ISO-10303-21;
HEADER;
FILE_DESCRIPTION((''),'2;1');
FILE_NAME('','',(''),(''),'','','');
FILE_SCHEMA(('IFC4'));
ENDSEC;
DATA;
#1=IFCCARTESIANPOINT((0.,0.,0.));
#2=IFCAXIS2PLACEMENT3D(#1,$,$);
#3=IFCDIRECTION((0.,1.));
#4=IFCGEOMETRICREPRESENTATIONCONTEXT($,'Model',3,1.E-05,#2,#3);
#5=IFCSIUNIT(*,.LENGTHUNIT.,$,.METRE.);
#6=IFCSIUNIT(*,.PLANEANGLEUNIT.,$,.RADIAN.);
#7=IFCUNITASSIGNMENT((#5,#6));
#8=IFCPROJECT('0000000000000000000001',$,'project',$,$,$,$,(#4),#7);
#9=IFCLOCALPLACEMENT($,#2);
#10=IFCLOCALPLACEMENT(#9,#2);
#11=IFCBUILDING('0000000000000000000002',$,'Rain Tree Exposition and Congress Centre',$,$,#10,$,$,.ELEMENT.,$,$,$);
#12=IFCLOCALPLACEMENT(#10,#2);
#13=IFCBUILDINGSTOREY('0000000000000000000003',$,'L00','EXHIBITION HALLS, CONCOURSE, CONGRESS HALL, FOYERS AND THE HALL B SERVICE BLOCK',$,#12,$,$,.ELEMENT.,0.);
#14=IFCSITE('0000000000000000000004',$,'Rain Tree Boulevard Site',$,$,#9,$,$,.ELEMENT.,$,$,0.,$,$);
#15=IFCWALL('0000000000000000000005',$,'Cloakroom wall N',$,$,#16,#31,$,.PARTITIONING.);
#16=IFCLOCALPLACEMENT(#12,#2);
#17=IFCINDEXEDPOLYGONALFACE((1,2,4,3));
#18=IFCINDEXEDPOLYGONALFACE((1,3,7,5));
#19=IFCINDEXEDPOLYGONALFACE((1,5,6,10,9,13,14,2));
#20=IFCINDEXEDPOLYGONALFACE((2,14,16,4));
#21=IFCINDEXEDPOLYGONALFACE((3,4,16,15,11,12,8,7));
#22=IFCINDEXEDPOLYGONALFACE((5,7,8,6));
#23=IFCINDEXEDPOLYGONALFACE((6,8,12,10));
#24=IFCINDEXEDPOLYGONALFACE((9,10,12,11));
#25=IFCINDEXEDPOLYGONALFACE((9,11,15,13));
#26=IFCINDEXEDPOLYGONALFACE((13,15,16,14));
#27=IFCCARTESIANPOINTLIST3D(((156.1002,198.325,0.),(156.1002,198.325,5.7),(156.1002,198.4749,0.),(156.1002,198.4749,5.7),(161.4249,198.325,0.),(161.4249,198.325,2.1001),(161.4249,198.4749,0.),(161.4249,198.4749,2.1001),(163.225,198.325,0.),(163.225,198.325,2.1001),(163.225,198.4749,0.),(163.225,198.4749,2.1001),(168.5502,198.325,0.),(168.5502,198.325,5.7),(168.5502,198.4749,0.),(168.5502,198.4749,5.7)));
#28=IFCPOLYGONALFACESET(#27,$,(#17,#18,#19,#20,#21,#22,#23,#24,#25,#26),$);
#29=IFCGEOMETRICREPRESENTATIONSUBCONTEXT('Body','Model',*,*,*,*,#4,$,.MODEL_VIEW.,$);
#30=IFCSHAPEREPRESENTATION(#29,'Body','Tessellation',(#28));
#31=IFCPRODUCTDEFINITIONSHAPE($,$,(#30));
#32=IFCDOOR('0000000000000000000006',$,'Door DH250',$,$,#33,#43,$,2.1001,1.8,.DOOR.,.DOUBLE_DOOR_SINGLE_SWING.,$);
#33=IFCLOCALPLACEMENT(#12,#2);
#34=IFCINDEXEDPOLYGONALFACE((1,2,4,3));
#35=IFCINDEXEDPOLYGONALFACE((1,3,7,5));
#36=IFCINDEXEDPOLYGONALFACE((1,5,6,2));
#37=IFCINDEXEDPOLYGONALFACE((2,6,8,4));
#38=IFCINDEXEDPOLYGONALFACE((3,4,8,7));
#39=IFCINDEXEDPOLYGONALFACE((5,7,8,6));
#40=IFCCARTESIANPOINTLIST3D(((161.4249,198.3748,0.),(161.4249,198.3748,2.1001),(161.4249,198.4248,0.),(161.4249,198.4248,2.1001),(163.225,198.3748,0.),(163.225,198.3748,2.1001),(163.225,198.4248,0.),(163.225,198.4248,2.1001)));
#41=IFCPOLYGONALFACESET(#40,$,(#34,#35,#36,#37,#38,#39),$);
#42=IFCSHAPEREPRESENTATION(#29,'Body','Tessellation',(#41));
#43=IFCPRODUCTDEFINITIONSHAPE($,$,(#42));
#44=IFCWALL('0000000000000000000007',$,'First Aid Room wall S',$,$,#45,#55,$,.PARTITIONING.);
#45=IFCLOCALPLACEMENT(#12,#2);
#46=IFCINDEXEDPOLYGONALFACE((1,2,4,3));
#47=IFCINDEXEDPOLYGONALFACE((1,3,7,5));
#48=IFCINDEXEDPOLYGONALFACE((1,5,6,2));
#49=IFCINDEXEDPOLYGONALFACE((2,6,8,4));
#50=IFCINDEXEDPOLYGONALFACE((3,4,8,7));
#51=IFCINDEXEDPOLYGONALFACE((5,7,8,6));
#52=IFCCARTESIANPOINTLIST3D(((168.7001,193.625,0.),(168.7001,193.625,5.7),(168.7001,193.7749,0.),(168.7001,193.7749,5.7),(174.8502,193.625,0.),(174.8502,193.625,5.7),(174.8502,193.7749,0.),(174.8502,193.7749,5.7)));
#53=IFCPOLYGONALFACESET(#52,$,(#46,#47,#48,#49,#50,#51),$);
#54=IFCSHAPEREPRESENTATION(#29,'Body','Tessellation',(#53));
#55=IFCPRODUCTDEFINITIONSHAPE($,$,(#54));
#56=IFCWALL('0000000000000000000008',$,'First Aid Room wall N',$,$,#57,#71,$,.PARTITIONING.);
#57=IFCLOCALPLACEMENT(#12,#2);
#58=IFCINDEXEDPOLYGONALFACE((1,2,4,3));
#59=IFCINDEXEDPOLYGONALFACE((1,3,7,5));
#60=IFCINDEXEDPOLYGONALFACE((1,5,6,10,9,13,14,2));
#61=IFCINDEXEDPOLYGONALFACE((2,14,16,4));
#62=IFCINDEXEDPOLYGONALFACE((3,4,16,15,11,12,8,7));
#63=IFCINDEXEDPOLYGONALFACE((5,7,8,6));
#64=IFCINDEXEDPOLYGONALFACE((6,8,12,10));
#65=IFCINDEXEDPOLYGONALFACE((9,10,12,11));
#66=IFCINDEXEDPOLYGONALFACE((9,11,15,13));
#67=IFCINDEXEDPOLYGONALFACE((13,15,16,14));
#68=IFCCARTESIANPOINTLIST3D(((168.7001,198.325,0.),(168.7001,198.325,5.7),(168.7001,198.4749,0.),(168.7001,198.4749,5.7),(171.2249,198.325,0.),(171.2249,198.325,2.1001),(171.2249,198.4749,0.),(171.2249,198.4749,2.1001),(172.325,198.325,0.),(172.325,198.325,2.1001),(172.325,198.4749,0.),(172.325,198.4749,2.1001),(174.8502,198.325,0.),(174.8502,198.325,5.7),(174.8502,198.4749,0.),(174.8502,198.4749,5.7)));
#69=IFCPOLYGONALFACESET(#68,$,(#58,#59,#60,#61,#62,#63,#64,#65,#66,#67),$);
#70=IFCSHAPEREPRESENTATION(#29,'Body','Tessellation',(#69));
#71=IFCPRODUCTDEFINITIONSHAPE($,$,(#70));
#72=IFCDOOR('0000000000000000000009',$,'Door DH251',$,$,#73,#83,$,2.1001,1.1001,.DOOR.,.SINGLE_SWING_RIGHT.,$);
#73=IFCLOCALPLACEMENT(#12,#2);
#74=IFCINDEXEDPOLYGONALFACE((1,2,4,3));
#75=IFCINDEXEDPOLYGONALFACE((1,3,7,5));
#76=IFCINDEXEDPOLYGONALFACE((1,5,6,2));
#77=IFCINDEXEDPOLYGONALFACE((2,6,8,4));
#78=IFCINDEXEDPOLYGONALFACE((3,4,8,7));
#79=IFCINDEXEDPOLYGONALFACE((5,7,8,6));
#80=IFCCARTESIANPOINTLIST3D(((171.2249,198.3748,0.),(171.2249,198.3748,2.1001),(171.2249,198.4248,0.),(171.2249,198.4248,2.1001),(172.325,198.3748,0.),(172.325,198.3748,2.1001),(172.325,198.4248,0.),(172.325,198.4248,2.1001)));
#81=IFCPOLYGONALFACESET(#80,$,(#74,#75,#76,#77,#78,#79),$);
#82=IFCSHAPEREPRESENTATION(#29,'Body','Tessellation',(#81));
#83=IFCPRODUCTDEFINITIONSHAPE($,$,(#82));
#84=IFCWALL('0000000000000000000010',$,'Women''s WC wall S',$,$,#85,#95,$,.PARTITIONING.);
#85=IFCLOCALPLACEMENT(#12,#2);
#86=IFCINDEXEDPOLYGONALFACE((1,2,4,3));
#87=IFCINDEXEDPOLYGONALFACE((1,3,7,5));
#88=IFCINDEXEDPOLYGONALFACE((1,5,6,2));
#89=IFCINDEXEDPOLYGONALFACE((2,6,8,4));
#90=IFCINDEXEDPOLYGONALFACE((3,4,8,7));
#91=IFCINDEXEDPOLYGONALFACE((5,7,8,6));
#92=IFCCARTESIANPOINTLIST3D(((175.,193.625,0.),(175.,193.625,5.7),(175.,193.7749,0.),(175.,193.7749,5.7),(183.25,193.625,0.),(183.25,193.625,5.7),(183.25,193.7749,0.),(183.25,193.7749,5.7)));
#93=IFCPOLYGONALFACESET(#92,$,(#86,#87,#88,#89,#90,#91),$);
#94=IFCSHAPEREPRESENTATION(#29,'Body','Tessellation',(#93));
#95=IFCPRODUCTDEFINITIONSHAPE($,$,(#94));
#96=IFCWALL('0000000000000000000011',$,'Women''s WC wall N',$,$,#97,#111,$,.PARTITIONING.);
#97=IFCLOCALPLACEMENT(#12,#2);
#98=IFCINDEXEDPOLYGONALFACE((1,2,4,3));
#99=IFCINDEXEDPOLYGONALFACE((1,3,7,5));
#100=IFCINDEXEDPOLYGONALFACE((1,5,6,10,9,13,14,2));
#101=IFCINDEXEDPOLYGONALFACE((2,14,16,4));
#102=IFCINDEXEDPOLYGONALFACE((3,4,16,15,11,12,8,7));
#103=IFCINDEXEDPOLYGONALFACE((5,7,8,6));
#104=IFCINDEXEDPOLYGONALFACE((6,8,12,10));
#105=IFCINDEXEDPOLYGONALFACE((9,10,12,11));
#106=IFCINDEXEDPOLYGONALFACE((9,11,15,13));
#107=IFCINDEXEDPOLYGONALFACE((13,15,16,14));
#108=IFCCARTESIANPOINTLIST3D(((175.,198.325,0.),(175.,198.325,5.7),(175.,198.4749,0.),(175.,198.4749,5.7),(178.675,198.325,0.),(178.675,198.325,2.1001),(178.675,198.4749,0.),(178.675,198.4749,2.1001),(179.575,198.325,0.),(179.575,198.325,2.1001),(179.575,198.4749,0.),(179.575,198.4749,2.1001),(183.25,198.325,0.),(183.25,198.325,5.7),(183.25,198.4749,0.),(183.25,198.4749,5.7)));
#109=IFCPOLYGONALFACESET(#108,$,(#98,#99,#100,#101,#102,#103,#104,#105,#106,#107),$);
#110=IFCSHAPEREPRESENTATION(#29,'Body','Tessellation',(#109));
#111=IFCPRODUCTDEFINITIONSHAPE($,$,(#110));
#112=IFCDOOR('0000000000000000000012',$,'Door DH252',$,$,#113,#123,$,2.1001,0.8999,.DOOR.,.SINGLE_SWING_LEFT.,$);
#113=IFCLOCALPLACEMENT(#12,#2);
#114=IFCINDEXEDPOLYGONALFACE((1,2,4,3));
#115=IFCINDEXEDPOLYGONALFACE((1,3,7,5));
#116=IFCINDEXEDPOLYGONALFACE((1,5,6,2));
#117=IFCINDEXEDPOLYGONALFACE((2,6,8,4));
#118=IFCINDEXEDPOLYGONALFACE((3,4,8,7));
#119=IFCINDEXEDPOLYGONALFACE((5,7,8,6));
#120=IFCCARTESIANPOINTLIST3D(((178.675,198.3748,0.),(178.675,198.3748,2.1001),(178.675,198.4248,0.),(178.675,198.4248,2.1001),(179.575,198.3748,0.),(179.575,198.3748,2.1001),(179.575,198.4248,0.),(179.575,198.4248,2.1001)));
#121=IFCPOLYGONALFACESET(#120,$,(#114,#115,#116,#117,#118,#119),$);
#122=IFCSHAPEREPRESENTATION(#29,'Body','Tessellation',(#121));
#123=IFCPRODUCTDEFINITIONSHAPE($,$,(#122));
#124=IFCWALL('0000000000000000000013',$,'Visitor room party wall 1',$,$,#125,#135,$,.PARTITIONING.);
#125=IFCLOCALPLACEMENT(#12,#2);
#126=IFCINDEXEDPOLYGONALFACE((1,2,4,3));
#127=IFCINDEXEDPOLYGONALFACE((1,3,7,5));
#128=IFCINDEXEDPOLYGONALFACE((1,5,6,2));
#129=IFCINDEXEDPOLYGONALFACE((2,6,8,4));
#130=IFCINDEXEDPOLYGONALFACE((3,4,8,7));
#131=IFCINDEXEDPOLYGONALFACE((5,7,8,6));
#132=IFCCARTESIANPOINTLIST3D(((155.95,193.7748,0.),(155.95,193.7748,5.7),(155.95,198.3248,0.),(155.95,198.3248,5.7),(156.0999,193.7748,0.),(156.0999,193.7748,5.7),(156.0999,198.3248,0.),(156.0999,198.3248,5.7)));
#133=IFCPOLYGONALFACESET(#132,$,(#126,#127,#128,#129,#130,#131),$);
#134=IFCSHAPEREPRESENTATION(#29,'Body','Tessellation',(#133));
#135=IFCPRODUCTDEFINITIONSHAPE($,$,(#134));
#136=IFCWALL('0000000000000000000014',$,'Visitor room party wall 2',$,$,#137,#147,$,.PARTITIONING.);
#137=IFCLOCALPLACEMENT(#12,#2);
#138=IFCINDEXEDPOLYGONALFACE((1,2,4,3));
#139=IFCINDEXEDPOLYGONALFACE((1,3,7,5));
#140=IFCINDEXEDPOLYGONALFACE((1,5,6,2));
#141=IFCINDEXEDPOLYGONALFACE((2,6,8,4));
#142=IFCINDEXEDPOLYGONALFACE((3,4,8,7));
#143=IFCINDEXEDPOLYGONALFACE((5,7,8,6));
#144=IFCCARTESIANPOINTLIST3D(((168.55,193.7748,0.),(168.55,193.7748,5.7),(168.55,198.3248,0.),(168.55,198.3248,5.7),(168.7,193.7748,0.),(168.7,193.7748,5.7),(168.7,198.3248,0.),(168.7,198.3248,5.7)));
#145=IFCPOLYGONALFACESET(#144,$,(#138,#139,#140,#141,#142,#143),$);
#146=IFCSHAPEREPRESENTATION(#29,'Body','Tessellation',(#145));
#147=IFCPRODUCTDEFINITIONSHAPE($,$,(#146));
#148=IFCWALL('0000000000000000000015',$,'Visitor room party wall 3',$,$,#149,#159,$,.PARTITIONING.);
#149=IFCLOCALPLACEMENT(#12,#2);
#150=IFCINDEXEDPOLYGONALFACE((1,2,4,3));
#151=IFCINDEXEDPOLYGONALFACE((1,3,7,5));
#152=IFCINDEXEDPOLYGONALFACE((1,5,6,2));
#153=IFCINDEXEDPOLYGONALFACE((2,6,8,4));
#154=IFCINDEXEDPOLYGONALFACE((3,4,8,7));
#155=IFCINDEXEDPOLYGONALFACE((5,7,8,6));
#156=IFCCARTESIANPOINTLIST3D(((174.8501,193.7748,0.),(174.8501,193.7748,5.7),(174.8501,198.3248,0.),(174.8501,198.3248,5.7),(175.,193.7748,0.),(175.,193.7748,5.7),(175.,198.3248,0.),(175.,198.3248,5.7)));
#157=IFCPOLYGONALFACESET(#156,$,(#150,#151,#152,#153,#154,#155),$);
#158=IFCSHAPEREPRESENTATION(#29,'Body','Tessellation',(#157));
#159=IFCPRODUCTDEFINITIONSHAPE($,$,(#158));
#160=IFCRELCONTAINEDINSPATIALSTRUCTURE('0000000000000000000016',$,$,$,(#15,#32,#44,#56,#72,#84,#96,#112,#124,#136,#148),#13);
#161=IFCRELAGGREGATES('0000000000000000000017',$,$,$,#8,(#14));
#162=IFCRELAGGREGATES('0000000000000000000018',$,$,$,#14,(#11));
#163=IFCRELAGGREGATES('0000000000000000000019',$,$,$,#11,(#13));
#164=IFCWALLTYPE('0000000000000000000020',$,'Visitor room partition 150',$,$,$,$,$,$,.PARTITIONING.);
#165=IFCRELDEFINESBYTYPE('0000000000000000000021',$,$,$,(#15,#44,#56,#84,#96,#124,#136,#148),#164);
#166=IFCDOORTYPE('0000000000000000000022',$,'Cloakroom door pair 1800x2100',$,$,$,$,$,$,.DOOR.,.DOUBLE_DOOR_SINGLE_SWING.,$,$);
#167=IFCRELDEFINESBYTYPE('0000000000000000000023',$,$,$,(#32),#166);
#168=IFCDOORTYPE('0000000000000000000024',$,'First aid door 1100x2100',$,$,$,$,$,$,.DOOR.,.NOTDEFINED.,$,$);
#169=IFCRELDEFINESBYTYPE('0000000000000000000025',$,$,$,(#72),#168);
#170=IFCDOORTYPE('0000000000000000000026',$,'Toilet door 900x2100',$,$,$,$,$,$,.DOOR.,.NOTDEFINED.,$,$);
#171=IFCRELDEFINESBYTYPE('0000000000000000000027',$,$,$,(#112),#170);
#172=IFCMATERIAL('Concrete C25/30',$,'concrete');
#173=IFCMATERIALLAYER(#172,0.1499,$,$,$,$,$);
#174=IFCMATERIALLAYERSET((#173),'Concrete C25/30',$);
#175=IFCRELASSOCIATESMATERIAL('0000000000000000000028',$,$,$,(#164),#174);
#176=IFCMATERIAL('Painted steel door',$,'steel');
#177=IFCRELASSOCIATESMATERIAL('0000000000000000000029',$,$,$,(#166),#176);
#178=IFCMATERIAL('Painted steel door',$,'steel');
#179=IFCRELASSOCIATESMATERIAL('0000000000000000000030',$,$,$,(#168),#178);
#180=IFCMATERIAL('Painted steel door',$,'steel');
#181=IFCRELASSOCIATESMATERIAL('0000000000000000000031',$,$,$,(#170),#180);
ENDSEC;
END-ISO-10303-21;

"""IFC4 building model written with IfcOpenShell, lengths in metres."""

from ifc_helpers import new_model, si_unit, direction, frame, frame_2d, origin, place, context, subcontext, project, spatial, rectangle, extrude, material, layer, layer_set, type_object, element, fill, save


model = new_model("IFC4")

# Units and contexts
model_context = context("Model", 3, precision=1e-05, world=origin(), true_north=direction((0.0, 1.0)))
body_context = subcontext(model_context, "Body", "Model", "MODEL_VIEW")
ifc_project = project(units=[si_unit("LENGTHUNIT", "METRE"), si_unit("PLANEANGLEUNIT", "RADIAN")], contexts=[model_context])

# Site, building, storey
site_placement = place(None, origin())
site = spatial("IfcSite", under=ifc_project, at=site_placement, Name="Rain Tree Boulevard Site", CompositionType="ELEMENT", RefElevation=0.0)
building_placement = place(site_placement, origin())
building = spatial("IfcBuilding", under=site, at=building_placement, Name="Rain Tree Exposition and Congress Centre", CompositionType="ELEMENT")
storey_placement = place(building_placement, origin())
storey = spatial("IfcBuildingStorey", under=building, at=storey_placement, Name="L00", Description="EXHIBITION HALLS, CONCOURSE, CONGRESS HALL, FOYERS AND THE HALL B SERVICE BLOCK", CompositionType="ELEMENT", Elevation=0.0)

# Shared definitions
ifc_material_1 = material(Name="Concrete C25/30", Category="concrete")
ifc_layer_1 = layer(ifc_material_1, 0.1499)
ifc_layer_set_1 = layer_set([ifc_layer_1], Name="Concrete C25/30")
wall_type_1 = type_object("IfcWallType", Name="Visitor room partition 150", PredefinedType="PARTITIONING", material=ifc_layer_set_1)

# Wall, opening, door
wall_1_placement = place(storey_placement, frame((156.1001, 198.3999, 0.0), z_axis=(0.0, 0.0, 1.0), x_axis=(1.0, 0.0, 0.0)))
wall_1 = element("IfcWall", 1, at=wall_1_placement, inside=storey, type_object=wall_type_1, Name="Cloakroom wall N", PredefinedType="PARTITIONING", context=body_context, shape_type="SweptSolid", body=[
    extrude(rectangle(XDim=12.45, YDim=0.1499, at=frame_2d((6.2251, 0.0))), origin(), (0.0, 0.0, 1.0), 5.7),
])
opening_1_placement = place(wall_1_placement, frame((5.325, 0.0, 0.0)))
opening_1 = element("IfcOpeningElement", 2, at=opening_1_placement, cuts=wall_1, PredefinedType="OPENING", context=body_context, shape_type="SweptSolid", body=[
    extrude(rectangle(XDim=1.8, YDim=2.1001, at=frame_2d((0.8999, 1.05))), frame((0.0, 0.075, 0.0), z_axis=(0.0, -1.0, 0.0), x_axis=(1.0, 0.0, 0.0)), (0.0, 0.0, 1.0), 0.1499),
])
ifc_material_2 = material(Name="Painted steel door", Category="steel")
door_type_1 = type_object("IfcDoorType", Name="Cloakroom door pair 1800x2100", OperationType="DOUBLE_DOOR_SINGLE_SWING", PredefinedType="DOOR", material=ifc_material_2)
door_1_placement = place(opening_1_placement, origin())
door_1 = element("IfcDoor", 3, at=door_1_placement, inside=storey, type_object=door_type_1, Name="Door DH250", OperationType="DOUBLE_DOOR_SINGLE_SWING", OverallHeight=2.1001, OverallWidth=1.8, PredefinedType="DOOR", context=body_context, shape_type="SweptSolid", body=[
    extrude(rectangle(XDim=1.8, YDim=2.1001, at=frame_2d((0.8999, 1.05))), frame((0.0, 0.0249, 0.0), z_axis=(0.0, -1.0, 0.0), x_axis=(1.0, 0.0, 0.0)), (0.0, 0.0, 1.0), 0.05),
])
fill(opening_1, door_1)

# Wall
wall_2_placement = place(storey_placement, frame((168.7, 193.7, 0.0), z_axis=(0.0, 0.0, 1.0), x_axis=(1.0, 0.0, 0.0)))
element("IfcWall", 4, at=wall_2_placement, inside=storey, type_object=wall_type_1, Name="First Aid Room wall S", PredefinedType="PARTITIONING", context=body_context, shape_type="SweptSolid", body=[
    extrude(rectangle(XDim=6.1501, YDim=0.1499, at=frame_2d((3.0752, 0.0))), origin(), (0.0, 0.0, 1.0), 5.7),
])

# Wall, opening, door
wall_3_placement = place(storey_placement, frame((168.7, 198.3999, 0.0), z_axis=(0.0, 0.0, 1.0), x_axis=(1.0, 0.0, 0.0)))
wall_3 = element("IfcWall", 5, at=wall_3_placement, inside=storey, type_object=wall_type_1, Name="First Aid Room wall N", PredefinedType="PARTITIONING", context=body_context, shape_type="SweptSolid", body=[
    extrude(rectangle(XDim=6.1501, YDim=0.1499, at=frame_2d((3.0752, 0.0))), origin(), (0.0, 0.0, 1.0), 5.7),
])
opening_2_placement = place(wall_3_placement, frame((2.5249, 0.0, 0.0)))
opening_2 = element("IfcOpeningElement", 6, at=opening_2_placement, cuts=wall_3, PredefinedType="OPENING", context=body_context, shape_type="SweptSolid", body=[
    extrude(rectangle(XDim=1.1001, YDim=2.1001, at=frame_2d((0.55, 1.05))), frame((0.0, 0.075, 0.0), z_axis=(0.0, -1.0, 0.0), x_axis=(1.0, 0.0, 0.0)), (0.0, 0.0, 1.0), 0.1499),
])
ifc_material_3 = material(Name="Painted steel door", Category="steel")
door_type_2 = type_object("IfcDoorType", Name="First aid door 1100x2100", OperationType="NOTDEFINED", PredefinedType="DOOR", material=ifc_material_3)
door_2_placement = place(opening_2_placement, origin())
door_2 = element("IfcDoor", 7, at=door_2_placement, inside=storey, type_object=door_type_2, Name="Door DH251", OperationType="SINGLE_SWING_RIGHT", OverallHeight=2.1001, OverallWidth=1.1001, PredefinedType="DOOR", context=body_context, shape_type="SweptSolid", body=[
    extrude(rectangle(XDim=1.1001, YDim=2.1001, at=frame_2d((0.55, 1.05))), frame((0.0, 0.0249, 0.0), z_axis=(0.0, -1.0, 0.0), x_axis=(1.0, 0.0, 0.0)), (0.0, 0.0, 1.0), 0.05),
])
fill(opening_2, door_2)

# Wall
wall_4_placement = place(storey_placement, frame((175.0, 193.7, 0.0), z_axis=(0.0, 0.0, 1.0), x_axis=(1.0, 0.0, 0.0)))
element("IfcWall", 8, at=wall_4_placement, inside=storey, type_object=wall_type_1, Name="Women's WC wall S", PredefinedType="PARTITIONING", context=body_context, shape_type="SweptSolid", body=[
    extrude(rectangle(XDim=8.25, YDim=0.1499, at=frame_2d((4.125, 0.0))), origin(), (0.0, 0.0, 1.0), 5.7),
])

# Wall, opening, door
wall_5_placement = place(storey_placement, frame((175.0, 198.3999, 0.0), z_axis=(0.0, 0.0, 1.0), x_axis=(1.0, 0.0, 0.0)))
wall_5 = element("IfcWall", 9, at=wall_5_placement, inside=storey, type_object=wall_type_1, Name="Women's WC wall N", PredefinedType="PARTITIONING", context=body_context, shape_type="SweptSolid", body=[
    extrude(rectangle(XDim=8.25, YDim=0.1499, at=frame_2d((4.125, 0.0))), origin(), (0.0, 0.0, 1.0), 5.7),
])
opening_3_placement = place(wall_5_placement, frame((3.675, 0.0, 0.0)))
opening_3 = element("IfcOpeningElement", 10, at=opening_3_placement, cuts=wall_5, PredefinedType="OPENING", context=body_context, shape_type="SweptSolid", body=[
    extrude(rectangle(XDim=0.8999, YDim=2.1001, at=frame_2d((0.45, 1.05))), frame((0.0, 0.075, 0.0), z_axis=(0.0, -1.0, 0.0), x_axis=(1.0, 0.0, 0.0)), (0.0, 0.0, 1.0), 0.1499),
])
ifc_material_4 = material(Name="Painted steel door", Category="steel")
door_type_3 = type_object("IfcDoorType", Name="Toilet door 900x2100", OperationType="NOTDEFINED", PredefinedType="DOOR", material=ifc_material_4)
door_3_placement = place(opening_3_placement, origin())
door_3 = element("IfcDoor", 11, at=door_3_placement, inside=storey, type_object=door_type_3, Name="Door DH252", OperationType="SINGLE_SWING_LEFT", OverallHeight=2.1001, OverallWidth=0.8999, PredefinedType="DOOR", context=body_context, shape_type="SweptSolid", body=[
    extrude(rectangle(XDim=0.8999, YDim=2.1001, at=frame_2d((0.45, 1.05))), frame((0.0, 0.0249, 0.0), z_axis=(0.0, -1.0, 0.0), x_axis=(1.0, 0.0, 0.0)), (0.0, 0.0, 1.0), 0.05),
])
fill(opening_3, door_3)

# Walls
for number, where, z_axis, x_axis, name in (
    (12, (156.0249, 193.7749, 0.0), (0.0, 0.0, 1.0), (0.0, 1.0, 0.0), "Visitor room party wall 1"),
    (13, (168.625, 193.7749, 0.0), (0.0, 0.0, 1.0), (0.0, 1.0, 0.0), "Visitor room party wall 2"),
    (14, (174.925, 193.7749, 0.0), (0.0, 0.0, 1.0), (0.0, 1.0, 0.0), "Visitor room party wall 3"),
):
    element("IfcWall", number, at=place(storey_placement, frame(where, z_axis=z_axis, x_axis=x_axis)), inside=storey, type_object=wall_type_1, Name=name, PredefinedType="PARTITIONING", context=body_context, shape_type="SweptSolid", body=[
        extrude(rectangle(XDim=4.55, YDim=0.1499, at=frame_2d((2.2749, 0.0))), origin(), (0.0, 0.0, 1.0), 5.7),
    ])

save(model, "model.ifc")
